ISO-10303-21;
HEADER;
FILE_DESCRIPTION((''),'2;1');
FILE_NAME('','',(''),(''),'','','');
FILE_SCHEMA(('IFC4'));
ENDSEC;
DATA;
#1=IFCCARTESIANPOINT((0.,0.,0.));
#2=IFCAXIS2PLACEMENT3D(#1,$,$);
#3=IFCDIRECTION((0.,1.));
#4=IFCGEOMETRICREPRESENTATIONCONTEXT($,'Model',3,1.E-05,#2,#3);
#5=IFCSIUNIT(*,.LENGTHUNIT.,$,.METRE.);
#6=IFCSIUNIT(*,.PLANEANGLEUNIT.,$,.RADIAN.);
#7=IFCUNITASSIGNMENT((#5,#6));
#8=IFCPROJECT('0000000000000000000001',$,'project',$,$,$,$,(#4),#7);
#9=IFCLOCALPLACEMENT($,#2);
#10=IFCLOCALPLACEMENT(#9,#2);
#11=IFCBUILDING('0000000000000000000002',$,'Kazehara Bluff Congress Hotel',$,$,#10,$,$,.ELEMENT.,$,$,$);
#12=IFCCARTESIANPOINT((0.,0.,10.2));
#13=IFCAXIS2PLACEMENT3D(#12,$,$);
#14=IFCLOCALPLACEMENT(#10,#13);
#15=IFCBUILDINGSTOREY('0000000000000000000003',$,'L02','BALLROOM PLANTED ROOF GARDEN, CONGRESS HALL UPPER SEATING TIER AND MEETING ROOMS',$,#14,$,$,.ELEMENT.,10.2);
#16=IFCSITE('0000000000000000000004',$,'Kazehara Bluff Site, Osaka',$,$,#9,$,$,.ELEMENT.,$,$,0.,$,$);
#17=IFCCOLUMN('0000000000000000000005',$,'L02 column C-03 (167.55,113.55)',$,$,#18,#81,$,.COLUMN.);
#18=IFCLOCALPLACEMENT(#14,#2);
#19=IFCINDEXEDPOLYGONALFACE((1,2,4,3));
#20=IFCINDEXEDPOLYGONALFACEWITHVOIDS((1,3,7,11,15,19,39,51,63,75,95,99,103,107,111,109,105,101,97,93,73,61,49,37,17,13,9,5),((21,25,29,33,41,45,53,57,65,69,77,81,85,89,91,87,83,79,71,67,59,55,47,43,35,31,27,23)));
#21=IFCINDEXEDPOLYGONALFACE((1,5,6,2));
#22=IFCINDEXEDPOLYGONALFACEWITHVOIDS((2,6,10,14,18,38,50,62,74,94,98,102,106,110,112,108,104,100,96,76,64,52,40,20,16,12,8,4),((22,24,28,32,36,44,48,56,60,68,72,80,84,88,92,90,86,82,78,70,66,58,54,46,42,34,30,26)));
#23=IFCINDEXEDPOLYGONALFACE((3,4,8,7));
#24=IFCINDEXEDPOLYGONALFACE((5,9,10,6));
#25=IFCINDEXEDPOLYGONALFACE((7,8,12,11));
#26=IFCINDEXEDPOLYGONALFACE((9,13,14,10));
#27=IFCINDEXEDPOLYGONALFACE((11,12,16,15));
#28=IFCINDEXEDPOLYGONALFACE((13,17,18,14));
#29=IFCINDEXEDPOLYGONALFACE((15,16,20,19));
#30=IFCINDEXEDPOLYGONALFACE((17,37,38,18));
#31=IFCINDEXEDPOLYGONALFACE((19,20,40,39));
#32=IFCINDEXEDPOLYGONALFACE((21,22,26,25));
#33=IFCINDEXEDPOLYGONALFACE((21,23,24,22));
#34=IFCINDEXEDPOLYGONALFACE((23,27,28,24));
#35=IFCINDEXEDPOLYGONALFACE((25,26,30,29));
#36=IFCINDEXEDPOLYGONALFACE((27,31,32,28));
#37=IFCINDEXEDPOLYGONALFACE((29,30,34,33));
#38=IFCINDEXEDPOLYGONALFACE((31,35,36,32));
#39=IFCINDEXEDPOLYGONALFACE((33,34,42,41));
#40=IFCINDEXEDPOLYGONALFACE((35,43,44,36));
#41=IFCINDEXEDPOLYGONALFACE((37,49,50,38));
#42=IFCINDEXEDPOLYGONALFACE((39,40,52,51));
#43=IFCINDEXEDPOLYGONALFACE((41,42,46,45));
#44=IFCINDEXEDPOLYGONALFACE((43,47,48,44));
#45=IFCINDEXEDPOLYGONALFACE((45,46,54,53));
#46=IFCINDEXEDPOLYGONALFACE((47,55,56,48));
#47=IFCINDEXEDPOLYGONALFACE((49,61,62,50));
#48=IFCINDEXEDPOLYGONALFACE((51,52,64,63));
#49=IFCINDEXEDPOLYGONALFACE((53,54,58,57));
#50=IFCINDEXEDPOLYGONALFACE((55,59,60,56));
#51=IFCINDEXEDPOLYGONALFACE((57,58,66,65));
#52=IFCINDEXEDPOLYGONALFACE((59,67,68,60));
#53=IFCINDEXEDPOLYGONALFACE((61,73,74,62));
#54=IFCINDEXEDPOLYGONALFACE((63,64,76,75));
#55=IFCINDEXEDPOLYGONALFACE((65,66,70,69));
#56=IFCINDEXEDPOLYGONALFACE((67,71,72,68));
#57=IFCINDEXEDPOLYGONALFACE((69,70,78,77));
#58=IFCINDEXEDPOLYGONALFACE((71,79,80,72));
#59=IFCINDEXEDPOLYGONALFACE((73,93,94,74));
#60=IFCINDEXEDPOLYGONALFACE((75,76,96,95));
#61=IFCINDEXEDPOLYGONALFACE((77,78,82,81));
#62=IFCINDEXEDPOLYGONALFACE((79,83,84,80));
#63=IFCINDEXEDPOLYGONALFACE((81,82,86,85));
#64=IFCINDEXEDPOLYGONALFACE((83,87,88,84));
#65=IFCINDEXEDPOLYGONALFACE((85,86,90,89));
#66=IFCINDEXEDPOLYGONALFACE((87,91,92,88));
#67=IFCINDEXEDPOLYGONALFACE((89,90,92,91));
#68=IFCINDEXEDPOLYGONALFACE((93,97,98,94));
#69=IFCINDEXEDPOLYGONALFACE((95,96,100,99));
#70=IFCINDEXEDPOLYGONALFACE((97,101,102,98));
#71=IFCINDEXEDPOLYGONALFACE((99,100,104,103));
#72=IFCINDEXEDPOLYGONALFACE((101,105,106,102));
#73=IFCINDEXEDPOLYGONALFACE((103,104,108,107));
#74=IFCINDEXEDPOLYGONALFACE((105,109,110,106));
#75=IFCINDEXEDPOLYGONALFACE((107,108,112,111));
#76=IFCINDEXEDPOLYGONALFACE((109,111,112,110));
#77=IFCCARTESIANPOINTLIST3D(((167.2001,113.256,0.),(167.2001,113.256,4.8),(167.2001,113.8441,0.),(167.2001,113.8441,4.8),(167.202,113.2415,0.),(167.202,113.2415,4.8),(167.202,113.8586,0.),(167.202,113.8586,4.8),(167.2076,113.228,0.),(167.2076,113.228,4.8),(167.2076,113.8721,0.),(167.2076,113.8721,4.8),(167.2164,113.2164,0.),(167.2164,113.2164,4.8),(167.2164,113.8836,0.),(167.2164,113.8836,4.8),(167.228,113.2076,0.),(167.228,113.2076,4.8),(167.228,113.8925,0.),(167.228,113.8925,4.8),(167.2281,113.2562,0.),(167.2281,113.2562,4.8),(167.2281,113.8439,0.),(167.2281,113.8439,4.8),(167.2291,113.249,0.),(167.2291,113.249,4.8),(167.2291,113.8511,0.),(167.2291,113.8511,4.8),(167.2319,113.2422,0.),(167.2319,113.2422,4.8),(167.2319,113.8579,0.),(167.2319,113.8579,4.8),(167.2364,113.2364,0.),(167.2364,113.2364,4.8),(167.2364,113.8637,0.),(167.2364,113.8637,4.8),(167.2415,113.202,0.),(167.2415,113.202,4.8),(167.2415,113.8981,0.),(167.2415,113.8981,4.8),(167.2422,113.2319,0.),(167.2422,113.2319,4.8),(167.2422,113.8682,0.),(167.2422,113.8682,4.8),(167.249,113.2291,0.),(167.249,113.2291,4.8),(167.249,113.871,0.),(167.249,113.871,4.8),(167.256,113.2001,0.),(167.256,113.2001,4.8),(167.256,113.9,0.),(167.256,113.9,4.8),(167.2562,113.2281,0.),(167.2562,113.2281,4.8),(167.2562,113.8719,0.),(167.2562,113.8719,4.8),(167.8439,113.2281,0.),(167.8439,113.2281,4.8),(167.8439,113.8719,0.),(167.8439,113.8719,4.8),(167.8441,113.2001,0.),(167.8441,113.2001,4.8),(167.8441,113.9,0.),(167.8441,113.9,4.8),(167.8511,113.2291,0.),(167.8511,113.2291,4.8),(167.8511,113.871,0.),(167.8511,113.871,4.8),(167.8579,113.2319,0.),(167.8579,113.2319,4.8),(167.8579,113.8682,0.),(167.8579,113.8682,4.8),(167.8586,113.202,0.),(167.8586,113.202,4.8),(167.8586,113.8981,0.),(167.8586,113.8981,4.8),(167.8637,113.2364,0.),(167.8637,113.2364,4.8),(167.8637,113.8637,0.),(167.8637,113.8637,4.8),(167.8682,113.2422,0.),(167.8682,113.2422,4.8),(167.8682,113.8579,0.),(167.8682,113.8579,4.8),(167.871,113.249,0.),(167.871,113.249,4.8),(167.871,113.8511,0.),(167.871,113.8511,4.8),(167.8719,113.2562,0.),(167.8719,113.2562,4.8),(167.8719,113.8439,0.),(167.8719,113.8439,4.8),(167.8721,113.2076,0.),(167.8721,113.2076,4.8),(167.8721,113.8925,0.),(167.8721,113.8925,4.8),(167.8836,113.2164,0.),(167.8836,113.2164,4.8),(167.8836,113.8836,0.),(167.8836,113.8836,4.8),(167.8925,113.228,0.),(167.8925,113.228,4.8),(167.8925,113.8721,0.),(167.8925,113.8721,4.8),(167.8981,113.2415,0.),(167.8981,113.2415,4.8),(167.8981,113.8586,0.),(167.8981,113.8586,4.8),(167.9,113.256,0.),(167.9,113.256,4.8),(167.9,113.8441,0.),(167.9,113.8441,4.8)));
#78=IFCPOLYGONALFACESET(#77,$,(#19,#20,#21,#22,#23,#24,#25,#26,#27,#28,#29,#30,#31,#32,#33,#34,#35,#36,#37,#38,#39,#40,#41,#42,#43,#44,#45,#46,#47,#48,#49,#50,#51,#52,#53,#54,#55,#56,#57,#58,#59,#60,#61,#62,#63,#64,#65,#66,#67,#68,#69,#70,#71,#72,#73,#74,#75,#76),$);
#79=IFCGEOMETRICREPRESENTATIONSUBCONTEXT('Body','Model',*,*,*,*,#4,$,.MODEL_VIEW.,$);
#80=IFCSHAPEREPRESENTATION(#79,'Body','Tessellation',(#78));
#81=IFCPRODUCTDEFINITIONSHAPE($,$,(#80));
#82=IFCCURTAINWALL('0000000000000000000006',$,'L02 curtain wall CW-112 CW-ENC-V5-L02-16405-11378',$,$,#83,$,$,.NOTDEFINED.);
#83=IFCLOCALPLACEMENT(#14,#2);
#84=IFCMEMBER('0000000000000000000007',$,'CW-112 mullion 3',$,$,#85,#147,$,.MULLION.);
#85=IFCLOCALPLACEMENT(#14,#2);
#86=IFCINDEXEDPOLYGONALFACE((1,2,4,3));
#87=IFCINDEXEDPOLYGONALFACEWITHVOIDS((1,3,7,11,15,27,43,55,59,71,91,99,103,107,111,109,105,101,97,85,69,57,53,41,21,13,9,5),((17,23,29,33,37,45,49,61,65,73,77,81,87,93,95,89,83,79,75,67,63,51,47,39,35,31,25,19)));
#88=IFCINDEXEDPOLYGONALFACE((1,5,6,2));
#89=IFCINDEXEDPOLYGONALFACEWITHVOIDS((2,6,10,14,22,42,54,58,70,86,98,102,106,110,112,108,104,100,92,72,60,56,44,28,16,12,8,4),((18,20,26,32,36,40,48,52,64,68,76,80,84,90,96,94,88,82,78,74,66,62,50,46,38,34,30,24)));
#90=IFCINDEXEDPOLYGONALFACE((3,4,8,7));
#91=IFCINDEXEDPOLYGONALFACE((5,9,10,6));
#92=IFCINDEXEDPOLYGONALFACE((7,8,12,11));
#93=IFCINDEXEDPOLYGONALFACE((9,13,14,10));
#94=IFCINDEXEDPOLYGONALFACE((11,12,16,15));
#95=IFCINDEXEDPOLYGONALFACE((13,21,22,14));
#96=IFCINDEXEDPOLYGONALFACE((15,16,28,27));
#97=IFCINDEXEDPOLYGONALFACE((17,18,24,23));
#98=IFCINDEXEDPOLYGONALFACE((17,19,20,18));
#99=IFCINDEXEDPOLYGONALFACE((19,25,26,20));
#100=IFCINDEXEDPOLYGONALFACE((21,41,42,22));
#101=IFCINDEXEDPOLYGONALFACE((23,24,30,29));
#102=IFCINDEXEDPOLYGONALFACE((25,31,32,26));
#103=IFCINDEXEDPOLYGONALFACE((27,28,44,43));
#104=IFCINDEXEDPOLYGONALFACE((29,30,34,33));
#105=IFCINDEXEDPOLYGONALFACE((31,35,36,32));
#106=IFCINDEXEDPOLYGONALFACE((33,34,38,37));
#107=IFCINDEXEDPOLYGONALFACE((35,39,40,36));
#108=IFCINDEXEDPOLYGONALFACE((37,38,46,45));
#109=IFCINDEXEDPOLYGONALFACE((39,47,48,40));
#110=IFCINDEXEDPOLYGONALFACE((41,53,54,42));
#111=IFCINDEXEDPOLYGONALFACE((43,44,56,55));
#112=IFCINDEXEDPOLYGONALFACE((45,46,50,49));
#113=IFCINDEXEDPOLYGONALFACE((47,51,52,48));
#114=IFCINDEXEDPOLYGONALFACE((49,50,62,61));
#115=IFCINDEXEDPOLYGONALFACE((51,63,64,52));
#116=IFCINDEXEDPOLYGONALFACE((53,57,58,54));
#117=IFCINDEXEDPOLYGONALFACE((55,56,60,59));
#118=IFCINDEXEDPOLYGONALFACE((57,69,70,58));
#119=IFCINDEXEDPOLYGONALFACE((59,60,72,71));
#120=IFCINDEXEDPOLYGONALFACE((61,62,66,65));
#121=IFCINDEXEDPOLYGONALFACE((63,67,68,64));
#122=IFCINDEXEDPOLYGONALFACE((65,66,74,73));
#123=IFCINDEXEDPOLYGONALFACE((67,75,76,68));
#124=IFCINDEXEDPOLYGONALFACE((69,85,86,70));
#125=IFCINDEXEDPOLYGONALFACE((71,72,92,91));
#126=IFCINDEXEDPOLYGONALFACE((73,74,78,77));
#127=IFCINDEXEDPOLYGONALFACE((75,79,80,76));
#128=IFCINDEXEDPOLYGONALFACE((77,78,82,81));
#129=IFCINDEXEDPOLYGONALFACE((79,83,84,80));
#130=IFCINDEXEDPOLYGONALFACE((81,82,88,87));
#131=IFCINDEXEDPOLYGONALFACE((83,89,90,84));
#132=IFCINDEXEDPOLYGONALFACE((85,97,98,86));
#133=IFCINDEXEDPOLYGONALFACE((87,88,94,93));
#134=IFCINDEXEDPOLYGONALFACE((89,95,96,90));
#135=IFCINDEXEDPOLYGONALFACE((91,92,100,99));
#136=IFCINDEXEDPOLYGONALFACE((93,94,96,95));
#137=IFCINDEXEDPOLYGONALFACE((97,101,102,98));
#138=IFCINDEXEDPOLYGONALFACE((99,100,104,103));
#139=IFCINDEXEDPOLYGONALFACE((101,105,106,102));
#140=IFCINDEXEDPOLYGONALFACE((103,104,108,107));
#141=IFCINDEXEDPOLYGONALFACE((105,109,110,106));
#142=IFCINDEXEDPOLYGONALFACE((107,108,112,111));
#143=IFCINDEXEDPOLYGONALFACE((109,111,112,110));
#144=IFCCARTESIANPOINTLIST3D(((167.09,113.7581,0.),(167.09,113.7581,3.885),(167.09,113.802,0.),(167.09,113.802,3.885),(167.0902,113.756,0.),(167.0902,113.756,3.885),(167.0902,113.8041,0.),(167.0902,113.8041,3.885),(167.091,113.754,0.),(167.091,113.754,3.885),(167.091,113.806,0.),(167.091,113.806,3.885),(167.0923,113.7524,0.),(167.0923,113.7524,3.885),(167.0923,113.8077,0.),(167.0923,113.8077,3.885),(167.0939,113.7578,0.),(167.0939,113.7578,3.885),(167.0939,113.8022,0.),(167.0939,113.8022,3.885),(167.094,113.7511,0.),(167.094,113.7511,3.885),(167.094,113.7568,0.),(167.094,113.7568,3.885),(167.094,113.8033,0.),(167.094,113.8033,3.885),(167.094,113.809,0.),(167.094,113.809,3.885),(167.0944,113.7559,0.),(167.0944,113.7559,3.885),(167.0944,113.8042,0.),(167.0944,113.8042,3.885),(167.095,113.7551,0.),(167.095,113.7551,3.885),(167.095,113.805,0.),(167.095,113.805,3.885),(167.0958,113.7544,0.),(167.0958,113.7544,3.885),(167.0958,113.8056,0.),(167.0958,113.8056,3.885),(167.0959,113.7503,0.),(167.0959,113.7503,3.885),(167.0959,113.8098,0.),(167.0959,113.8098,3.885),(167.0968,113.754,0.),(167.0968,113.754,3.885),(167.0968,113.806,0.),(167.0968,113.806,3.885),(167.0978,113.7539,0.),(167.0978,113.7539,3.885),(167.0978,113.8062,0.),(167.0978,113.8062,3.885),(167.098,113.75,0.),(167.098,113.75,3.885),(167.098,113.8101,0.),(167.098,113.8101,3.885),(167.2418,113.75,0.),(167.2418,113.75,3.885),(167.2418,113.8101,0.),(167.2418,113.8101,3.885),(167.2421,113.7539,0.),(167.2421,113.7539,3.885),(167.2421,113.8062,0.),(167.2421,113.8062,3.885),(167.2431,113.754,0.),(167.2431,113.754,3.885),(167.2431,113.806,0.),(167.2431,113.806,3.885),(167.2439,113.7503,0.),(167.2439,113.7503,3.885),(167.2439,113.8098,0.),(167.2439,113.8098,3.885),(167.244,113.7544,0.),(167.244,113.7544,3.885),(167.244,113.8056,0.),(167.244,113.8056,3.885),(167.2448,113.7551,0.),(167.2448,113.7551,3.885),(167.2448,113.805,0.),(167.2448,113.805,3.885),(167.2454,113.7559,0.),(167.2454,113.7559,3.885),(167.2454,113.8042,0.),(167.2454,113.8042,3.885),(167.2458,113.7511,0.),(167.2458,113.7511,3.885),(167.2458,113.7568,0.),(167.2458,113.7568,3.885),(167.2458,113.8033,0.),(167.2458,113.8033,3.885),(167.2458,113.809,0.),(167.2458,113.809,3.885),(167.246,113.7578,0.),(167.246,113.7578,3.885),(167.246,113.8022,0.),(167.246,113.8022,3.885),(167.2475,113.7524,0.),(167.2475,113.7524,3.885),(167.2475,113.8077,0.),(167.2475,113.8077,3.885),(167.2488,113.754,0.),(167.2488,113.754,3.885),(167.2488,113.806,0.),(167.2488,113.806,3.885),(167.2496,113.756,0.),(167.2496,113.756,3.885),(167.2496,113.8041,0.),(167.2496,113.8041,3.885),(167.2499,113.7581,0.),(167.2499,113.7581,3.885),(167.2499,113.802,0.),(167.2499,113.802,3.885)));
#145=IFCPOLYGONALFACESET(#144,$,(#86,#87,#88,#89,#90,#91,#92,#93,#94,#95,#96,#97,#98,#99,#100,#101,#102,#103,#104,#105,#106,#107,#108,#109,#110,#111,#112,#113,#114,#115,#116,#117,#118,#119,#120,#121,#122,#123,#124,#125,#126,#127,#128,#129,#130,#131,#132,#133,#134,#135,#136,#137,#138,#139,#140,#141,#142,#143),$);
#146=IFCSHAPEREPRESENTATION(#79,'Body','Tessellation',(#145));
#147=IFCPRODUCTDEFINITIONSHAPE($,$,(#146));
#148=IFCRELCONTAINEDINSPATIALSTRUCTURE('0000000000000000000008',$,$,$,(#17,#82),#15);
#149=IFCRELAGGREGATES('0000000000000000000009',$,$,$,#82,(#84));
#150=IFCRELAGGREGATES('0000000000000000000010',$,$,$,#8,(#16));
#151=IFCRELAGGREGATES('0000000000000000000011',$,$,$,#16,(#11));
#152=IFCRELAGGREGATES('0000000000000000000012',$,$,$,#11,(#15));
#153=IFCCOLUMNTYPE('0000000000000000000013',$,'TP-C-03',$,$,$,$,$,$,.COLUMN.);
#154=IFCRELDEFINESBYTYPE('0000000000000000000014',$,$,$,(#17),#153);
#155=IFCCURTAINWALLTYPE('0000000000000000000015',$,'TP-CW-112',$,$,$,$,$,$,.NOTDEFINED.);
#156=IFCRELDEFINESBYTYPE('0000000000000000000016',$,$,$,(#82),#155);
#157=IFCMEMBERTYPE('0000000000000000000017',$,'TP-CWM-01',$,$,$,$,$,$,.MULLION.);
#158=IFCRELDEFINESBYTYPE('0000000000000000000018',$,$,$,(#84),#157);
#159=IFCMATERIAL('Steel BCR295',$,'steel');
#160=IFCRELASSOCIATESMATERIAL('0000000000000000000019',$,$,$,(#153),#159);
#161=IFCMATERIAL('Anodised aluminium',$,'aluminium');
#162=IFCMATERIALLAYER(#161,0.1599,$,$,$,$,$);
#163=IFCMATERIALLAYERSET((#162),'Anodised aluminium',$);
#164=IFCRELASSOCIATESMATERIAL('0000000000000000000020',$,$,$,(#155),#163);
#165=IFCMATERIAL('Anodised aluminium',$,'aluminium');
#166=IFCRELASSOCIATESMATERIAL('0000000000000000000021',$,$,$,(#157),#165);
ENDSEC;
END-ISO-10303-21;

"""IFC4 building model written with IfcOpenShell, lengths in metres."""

from ifc_helpers import new_model, si_unit, direction, frame, origin, origin_2d, place, context, subcontext, project, spatial, hollow_rectangle, extrude, material, layer, layer_set, material_profile, profile_set, type_object, element, aggregate, save


model = new_model("IFC4")

# Units and contexts
model_context = context("Model", 3, precision=1e-05, world=origin(), true_north=direction((0.0, 1.0)))
body_context = subcontext(model_context, "Body", "Model", "MODEL_VIEW")
ifc_project = project(units=[si_unit("LENGTHUNIT", "METRE"), si_unit("PLANEANGLEUNIT", "RADIAN")], contexts=[model_context])

# Site, building, storey
site_placement = place(None, origin())
site = spatial("IfcSite", under=ifc_project, at=site_placement, Name="Kazehara Bluff Site, Osaka", CompositionType="ELEMENT", RefElevation=0.0)
building_placement = place(site_placement, origin())
building = spatial("IfcBuilding", under=site, at=building_placement, Name="Kazehara Bluff Congress Hotel", CompositionType="ELEMENT")
storey_placement = place(building_placement, frame((0.0, 0.0, 10.2)))
storey = spatial("IfcBuildingStorey", under=building, at=storey_placement, Name="L02", Description="BALLROOM PLANTED ROOF GARDEN, CONGRESS HALL UPPER SEATING TIER AND MEETING ROOMS", CompositionType="ELEMENT", Elevation=10.2)

# Column
ifc_material_1 = material(Name="Steel BCR295", Category="steel")
ifc_material_profile_1 = material_profile(ifc_material_1, hollow_rectangle(XDim=0.7, YDim=0.7, WallThickness=0.0281, InnerFilletRadius=0.0281, OuterFilletRadius=0.0559, at=origin_2d()))
ifc_profile_set_1 = profile_set([ifc_material_profile_1], Name="Steel BCR295")
column_type = type_object("IfcColumnType", Name="TP-C-03", PredefinedType="COLUMN", material=ifc_profile_set_1)
column_placement = place(storey_placement, frame((167.55, 113.55, 0.0), z_axis=(0.0, 0.0, 1.0), x_axis=(1.0, 0.0, 0.0)))
element("IfcColumn", 1, at=column_placement, inside=storey, type_object=column_type, Name="L02 column C-03 (167.55,113.55)", PredefinedType="COLUMN", context=body_context, shape_type="SweptSolid", body=[
    extrude(hollow_rectangle(XDim=0.7, YDim=0.7, WallThickness=0.0281, InnerFilletRadius=0.0281, OuterFilletRadius=0.0559, at=origin_2d()), origin(), (0.0, 0.0, 1.0), 4.8),
])

# Curtain wall, member
ifc_material_2 = material(Name="Anodised aluminium", Category="aluminium")
ifc_layer_1 = layer(ifc_material_2, 0.1599)
ifc_layer_set_1 = layer_set([ifc_layer_1], Name="Anodised aluminium")
curtain_wall_type_1 = type_object("IfcCurtainWallType", Name="TP-CW-112", PredefinedType="NOTDEFINED", material=ifc_layer_set_1)
curtain_wall_1_placement = place(storey_placement, origin())
curtain_wall_1 = element("IfcCurtainWall", 2, at=curtain_wall_1_placement, inside=storey, type_object=curtain_wall_type_1, Name="L02 curtain wall CW-112 CW-ENC-V5-L02-16405-11378", PredefinedType="NOTDEFINED")
ifc_material_3 = material(Name="Anodised aluminium", Category="aluminium")
ifc_material_profile_2 = material_profile(ifc_material_3, hollow_rectangle(XDim=0.0601, YDim=0.1599, WallThickness=0.0039, InnerFilletRadius=0.0039, OuterFilletRadius=0.0081, at=origin_2d()))
ifc_profile_set_2 = profile_set([ifc_material_profile_2], Name="Anodised aluminium")
member_type_1 = type_object("IfcMemberType", Name="TP-CWM-01", PredefinedType="MULLION", material=ifc_profile_set_2)
member_1_placement = place(storey_placement, frame((167.1699, 113.78, 0.0), z_axis=(0.0, 0.0, 1.0), x_axis=(0.0, 1.0, 0.0)))
member_1 = element("IfcMember", 3, at=member_1_placement, type_object=member_type_1, Name="CW-112 mullion 3", PredefinedType="MULLION", context=body_context, shape_type="SweptSolid", body=[
    extrude(hollow_rectangle(XDim=0.0601, YDim=0.1599, WallThickness=0.0039, InnerFilletRadius=0.0039, OuterFilletRadius=0.0081, at=origin_2d()), origin(), (0.0, 0.0, 1.0), 3.885),
])

aggregate(curtain_wall_1, [member_1])

save(model, "model.ifc")
